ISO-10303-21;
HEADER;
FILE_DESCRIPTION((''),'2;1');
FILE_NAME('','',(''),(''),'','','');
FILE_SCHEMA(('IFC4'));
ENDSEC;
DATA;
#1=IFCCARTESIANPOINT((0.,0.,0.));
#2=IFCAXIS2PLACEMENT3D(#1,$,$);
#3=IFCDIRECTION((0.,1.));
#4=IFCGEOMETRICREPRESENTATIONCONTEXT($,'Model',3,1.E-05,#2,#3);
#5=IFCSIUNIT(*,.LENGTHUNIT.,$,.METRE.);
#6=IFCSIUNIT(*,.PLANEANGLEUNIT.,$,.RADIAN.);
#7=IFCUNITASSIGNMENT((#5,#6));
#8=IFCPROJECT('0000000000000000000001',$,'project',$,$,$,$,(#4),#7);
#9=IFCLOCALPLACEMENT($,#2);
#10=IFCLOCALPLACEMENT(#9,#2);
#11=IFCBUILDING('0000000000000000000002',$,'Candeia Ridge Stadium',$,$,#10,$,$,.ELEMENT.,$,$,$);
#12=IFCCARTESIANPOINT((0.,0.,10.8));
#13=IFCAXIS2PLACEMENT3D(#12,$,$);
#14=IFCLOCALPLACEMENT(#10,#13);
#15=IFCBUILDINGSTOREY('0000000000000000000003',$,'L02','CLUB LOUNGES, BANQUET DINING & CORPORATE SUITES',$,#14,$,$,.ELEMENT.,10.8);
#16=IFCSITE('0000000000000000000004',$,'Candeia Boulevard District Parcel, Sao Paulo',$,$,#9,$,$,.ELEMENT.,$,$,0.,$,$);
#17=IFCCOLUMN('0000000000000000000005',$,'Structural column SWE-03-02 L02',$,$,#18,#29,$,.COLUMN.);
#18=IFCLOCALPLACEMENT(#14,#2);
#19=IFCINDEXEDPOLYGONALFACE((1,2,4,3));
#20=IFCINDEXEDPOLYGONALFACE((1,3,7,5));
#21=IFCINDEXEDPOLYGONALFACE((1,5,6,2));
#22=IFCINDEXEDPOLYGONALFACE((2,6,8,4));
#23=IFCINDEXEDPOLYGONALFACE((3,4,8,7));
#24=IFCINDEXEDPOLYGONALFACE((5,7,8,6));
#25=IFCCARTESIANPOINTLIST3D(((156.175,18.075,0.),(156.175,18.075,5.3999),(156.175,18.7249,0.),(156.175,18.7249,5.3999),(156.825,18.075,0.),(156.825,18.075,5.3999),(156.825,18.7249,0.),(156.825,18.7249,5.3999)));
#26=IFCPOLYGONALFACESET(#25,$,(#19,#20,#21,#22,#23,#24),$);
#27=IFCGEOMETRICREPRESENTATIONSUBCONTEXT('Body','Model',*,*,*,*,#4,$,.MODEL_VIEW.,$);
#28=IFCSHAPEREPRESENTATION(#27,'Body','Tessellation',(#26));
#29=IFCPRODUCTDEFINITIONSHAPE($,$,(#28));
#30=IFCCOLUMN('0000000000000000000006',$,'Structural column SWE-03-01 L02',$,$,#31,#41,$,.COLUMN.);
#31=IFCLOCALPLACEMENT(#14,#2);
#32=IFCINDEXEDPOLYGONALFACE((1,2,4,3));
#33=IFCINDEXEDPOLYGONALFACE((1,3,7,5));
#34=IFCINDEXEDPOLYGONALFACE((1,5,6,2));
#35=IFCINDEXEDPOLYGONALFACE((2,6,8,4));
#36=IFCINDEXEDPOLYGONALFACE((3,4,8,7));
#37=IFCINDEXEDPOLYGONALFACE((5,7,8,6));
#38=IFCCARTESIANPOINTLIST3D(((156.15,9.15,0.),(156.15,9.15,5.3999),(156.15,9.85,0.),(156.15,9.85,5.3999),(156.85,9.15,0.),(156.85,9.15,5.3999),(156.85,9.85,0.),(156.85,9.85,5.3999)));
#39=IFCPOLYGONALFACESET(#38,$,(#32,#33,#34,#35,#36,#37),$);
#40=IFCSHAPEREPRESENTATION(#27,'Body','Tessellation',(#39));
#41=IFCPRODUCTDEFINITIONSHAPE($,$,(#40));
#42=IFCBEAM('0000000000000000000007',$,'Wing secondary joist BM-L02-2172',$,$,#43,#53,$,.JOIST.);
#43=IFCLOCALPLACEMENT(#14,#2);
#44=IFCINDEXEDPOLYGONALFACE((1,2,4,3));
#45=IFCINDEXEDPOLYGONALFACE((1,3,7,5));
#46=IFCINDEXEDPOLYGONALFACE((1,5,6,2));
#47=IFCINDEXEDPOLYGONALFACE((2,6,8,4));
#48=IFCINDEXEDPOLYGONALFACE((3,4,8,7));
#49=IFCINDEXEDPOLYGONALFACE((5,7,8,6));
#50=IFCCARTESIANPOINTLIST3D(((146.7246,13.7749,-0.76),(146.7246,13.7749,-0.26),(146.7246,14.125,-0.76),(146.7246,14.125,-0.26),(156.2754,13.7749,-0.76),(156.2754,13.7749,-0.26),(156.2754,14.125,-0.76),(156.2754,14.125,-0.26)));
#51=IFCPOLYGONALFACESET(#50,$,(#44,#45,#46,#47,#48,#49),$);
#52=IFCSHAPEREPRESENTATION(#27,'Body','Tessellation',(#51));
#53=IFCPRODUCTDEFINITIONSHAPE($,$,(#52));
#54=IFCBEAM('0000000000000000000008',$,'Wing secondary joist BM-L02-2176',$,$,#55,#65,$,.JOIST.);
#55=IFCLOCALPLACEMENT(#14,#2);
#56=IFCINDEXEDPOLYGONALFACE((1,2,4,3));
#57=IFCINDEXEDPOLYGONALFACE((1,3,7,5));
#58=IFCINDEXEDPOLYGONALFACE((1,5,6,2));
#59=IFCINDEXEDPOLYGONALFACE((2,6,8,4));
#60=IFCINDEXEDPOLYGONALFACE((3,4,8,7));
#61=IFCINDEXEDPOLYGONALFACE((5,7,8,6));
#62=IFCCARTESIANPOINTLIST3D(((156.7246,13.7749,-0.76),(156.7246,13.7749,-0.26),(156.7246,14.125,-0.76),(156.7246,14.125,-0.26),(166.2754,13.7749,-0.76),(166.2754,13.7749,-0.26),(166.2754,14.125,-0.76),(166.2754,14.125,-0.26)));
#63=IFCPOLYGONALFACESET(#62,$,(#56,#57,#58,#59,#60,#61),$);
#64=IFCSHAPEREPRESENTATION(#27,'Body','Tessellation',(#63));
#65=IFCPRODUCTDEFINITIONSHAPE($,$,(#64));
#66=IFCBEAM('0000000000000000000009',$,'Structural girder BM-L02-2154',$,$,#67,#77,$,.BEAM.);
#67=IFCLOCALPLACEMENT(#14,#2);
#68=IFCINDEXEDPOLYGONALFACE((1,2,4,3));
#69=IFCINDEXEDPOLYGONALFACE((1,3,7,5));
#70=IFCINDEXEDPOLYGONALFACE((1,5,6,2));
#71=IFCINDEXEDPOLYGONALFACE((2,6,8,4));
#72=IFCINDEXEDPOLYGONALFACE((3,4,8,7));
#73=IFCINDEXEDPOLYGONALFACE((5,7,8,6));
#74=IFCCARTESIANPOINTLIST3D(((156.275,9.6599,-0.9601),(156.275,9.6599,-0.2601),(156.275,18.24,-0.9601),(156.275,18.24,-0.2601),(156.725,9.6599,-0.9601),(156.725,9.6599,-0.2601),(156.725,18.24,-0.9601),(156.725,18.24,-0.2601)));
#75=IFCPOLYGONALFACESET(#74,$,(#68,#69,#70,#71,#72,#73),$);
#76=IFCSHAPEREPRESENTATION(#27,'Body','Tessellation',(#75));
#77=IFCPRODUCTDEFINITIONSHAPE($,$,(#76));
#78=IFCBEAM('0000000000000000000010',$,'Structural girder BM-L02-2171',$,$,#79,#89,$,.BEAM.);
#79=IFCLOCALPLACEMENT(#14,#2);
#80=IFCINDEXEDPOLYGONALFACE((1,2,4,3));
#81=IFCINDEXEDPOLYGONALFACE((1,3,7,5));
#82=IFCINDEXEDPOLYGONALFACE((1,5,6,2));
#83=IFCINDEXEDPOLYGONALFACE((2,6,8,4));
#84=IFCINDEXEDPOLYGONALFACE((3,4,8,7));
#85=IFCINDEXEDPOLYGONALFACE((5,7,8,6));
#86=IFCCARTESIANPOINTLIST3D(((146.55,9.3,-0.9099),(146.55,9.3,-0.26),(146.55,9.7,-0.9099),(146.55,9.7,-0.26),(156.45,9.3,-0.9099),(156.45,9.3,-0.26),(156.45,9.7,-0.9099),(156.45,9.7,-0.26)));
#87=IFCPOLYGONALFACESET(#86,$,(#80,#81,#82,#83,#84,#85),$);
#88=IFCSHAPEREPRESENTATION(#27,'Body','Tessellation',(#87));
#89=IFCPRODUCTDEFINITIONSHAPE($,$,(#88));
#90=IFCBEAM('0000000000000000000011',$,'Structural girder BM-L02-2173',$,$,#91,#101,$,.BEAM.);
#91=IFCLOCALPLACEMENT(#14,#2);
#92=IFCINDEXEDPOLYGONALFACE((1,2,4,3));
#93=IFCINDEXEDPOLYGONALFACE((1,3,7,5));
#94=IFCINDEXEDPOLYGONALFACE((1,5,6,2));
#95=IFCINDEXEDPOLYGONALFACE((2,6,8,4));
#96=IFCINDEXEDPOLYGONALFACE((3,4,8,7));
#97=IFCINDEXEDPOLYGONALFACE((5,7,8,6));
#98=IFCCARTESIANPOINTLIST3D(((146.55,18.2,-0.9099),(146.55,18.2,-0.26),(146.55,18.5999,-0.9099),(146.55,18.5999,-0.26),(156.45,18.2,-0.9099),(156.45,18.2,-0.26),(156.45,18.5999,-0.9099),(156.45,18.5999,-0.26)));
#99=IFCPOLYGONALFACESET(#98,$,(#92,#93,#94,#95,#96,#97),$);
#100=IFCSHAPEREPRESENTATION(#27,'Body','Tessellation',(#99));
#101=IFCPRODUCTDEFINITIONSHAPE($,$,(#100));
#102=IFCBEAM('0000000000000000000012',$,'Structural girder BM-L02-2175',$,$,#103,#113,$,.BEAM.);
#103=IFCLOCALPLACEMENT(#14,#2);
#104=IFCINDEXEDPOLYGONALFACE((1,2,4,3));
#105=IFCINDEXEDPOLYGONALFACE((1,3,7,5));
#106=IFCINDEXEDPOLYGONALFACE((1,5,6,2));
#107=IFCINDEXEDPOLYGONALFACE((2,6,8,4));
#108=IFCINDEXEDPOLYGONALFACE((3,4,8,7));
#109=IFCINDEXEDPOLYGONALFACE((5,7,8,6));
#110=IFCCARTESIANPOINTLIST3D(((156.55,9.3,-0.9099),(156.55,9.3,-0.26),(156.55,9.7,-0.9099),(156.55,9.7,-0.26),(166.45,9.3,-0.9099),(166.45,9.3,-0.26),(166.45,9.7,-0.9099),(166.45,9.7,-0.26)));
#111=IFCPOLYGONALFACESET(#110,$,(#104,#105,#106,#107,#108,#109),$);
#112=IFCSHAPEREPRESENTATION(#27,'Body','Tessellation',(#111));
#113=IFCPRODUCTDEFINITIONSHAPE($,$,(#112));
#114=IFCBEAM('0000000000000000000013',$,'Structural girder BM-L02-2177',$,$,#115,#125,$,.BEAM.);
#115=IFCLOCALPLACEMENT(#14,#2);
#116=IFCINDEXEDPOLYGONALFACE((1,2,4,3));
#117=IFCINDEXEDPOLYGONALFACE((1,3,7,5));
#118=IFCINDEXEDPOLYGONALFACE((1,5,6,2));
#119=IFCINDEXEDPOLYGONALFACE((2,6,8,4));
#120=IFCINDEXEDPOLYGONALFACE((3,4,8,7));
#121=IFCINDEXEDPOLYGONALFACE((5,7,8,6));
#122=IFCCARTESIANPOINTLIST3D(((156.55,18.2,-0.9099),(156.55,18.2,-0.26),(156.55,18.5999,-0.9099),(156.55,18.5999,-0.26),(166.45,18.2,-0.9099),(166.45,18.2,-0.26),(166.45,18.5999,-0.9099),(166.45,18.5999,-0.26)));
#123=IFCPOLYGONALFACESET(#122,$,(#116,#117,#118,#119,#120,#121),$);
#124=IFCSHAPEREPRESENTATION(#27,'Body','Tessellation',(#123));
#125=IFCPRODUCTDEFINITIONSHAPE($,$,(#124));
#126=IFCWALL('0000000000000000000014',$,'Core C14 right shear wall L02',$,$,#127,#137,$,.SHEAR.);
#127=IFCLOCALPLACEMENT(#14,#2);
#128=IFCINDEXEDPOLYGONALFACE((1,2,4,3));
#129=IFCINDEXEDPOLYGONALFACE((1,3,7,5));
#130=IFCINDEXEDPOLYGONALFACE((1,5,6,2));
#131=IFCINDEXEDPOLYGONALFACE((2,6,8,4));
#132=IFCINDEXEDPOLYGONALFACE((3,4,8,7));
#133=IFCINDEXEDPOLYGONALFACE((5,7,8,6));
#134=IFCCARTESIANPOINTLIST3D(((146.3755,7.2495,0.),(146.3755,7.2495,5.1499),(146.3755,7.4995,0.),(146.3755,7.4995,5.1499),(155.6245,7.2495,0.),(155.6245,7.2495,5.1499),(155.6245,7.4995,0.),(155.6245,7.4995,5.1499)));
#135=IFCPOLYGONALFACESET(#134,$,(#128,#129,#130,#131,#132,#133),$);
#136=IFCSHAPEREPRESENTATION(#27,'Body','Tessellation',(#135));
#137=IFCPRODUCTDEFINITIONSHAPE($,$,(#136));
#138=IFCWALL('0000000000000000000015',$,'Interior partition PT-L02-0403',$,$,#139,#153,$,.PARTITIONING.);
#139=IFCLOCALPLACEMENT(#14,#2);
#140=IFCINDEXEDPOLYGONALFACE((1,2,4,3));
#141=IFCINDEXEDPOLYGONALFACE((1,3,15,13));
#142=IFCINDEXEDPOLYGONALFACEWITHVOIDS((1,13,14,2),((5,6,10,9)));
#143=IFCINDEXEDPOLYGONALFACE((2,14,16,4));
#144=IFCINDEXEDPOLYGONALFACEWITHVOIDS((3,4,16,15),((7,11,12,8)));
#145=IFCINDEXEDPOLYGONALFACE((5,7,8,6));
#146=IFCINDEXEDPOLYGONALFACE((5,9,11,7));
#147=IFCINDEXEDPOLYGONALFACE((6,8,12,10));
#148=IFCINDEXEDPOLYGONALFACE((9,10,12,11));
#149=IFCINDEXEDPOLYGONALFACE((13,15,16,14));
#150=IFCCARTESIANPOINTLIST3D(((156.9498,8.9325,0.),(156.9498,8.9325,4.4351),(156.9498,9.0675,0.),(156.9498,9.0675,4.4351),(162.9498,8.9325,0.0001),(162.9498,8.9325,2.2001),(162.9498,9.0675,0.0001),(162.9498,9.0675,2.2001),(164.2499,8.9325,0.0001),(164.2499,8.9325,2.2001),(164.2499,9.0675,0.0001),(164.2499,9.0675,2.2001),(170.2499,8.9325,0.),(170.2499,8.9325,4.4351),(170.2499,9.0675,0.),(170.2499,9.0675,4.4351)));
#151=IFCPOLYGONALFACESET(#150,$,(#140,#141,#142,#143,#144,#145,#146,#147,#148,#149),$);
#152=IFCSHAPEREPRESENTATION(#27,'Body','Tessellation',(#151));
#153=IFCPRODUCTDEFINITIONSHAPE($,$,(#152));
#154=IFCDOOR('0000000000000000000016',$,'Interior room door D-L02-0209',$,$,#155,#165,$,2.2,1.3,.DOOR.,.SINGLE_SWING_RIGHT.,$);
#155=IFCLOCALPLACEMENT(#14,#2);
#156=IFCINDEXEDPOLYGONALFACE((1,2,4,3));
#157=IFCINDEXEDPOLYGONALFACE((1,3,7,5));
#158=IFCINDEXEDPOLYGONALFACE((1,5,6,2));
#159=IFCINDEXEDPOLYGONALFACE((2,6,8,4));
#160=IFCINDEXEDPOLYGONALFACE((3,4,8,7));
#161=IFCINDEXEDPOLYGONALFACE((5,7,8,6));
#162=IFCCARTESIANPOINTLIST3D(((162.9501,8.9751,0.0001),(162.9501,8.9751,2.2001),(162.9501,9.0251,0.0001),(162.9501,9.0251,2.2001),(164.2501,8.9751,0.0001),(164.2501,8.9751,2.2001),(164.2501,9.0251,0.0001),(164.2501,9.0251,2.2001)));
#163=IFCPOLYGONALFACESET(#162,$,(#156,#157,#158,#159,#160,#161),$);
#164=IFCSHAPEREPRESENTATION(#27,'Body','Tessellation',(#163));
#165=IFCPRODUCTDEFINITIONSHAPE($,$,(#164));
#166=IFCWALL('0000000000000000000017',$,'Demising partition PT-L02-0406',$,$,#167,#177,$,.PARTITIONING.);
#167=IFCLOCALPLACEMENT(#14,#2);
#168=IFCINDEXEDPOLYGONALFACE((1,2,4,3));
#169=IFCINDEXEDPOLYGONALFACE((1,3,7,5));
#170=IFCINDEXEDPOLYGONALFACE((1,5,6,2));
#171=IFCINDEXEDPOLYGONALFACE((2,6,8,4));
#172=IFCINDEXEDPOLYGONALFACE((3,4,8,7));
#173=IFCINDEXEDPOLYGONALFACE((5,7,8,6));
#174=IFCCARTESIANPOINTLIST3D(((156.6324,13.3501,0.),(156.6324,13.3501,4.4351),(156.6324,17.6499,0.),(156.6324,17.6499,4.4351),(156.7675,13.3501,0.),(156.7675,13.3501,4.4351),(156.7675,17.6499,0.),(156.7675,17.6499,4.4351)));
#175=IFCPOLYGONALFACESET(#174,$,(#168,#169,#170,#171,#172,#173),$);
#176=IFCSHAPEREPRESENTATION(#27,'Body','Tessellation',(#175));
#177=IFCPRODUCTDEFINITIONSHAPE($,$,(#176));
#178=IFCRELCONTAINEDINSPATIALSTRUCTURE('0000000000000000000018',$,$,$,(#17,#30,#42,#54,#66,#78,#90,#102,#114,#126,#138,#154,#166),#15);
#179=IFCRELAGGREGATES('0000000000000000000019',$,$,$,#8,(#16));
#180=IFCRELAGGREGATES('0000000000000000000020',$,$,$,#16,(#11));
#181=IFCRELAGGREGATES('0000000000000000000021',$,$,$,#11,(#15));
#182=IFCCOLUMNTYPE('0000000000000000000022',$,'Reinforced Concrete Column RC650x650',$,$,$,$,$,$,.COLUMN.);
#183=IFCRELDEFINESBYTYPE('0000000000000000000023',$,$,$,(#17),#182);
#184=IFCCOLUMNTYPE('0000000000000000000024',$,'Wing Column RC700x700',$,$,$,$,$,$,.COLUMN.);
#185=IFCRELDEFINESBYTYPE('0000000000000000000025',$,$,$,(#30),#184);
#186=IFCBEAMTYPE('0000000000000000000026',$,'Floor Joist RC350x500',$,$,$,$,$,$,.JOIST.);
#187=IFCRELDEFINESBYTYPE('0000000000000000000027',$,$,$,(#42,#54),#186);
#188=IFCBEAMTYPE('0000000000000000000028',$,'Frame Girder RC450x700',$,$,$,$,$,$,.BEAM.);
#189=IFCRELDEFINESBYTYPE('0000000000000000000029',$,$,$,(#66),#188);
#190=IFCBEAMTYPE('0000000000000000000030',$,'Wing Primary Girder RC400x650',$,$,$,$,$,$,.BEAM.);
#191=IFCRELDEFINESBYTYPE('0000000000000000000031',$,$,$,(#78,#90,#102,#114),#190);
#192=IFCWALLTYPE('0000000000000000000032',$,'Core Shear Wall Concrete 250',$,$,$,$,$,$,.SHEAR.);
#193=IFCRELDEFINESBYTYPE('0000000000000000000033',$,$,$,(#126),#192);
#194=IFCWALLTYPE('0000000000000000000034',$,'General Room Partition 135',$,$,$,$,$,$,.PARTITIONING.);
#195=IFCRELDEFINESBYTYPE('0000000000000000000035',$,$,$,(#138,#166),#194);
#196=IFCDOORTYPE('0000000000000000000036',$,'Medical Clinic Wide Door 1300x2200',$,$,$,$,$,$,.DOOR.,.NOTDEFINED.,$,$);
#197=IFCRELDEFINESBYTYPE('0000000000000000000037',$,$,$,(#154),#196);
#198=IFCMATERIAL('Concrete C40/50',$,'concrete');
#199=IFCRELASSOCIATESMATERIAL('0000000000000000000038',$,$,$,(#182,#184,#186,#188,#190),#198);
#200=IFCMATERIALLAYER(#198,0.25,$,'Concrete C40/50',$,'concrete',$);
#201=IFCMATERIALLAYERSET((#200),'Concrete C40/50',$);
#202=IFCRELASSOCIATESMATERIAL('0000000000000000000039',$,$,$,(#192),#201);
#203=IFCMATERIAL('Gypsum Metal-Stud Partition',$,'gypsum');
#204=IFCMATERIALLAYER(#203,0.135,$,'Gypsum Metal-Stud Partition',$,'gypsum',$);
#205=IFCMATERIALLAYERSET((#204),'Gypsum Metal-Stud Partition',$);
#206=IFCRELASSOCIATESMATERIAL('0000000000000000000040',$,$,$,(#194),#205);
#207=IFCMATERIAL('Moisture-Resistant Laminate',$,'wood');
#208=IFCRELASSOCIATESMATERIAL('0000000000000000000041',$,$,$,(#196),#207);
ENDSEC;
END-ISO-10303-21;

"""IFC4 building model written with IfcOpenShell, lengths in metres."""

from ifc_helpers import new_model, si_unit, direction, frame, frame_2d, origin, origin_2d, place, context, subcontext, project, spatial, rectangle, extrude, material, layer, layer_set, material_profile, profile_set, type_object, element, fill, save


model = new_model("IFC4")

# Units and contexts
model_context = context("Model", 3, precision=1e-05, world=origin(), true_north=direction((0.0, 1.0)))
body_context = subcontext(model_context, "Body", "Model", "MODEL_VIEW")
ifc_project = project(units=[si_unit("LENGTHUNIT", "METRE"), si_unit("PLANEANGLEUNIT", "RADIAN")], contexts=[model_context])

# Site, building, storey
site_placement = place(None, origin())
site = spatial("IfcSite", under=ifc_project, at=site_placement, Name="Candeia Boulevard District Parcel, Sao Paulo", CompositionType="ELEMENT", RefElevation=0.0)
building_placement = place(site_placement, origin())
building = spatial("IfcBuilding", under=site, at=building_placement, Name="Candeia Ridge Stadium", CompositionType="ELEMENT")
storey_placement = place(building_placement, frame((0.0, 0.0, 10.8)))
storey = spatial("IfcBuildingStorey", under=building, at=storey_placement, Name="L02", Description="CLUB LOUNGES, BANQUET DINING & CORPORATE SUITES", CompositionType="ELEMENT", Elevation=10.8)

# Columns
ifc_material_1 = material(Name="Concrete C40/50", Category="concrete")
ifc_material_profile_1 = material_profile(ifc_material_1, rectangle(XDim=0.6499, YDim=0.6499, at=origin_2d()), Name="RC650x650", Category="concrete")
ifc_profile_set_1 = profile_set([ifc_material_profile_1], Name="Concrete C40/50")
column_type_1 = type_object("IfcColumnType", Name="Reinforced Concrete Column RC650x650", PredefinedType="COLUMN", material=ifc_profile_set_1)
column_1_placement = place(storey_placement, frame((156.5, 18.3999, 0.0), z_axis=(0.0, 0.0, 1.0), x_axis=(1.0, 0.0, 0.0)))
element("IfcColumn", 1, at=column_1_placement, inside=storey, type_object=column_type_1, Name="Structural column SWE-03-02 L02", PredefinedType="COLUMN", context=body_context, shape_type="SweptSolid", body=[
    extrude(rectangle(XDim=0.6499, YDim=0.6499, at=origin_2d()), origin(), (0.0, 0.0, 1.0), 5.3999),
])
ifc_material_profile_2 = material_profile(ifc_material_1, rectangle(XDim=0.7, YDim=0.7, at=origin_2d()), Name="RC700x700", Category="concrete")
ifc_profile_set_2 = profile_set([ifc_material_profile_2], Name="Concrete C40/50")
column_type_2 = type_object("IfcColumnType", Name="Wing Column RC700x700", PredefinedType="COLUMN", material=ifc_profile_set_2)
column_2_placement = place(storey_placement, frame((156.5, 9.5, 0.0), z_axis=(0.0, 0.0, 1.0), x_axis=(1.0, 0.0, 0.0)))
element("IfcColumn", 2, at=column_2_placement, inside=storey, type_object=column_type_2, Name="Structural column SWE-03-01 L02", PredefinedType="COLUMN", context=body_context, shape_type="SweptSolid", body=[
    extrude(rectangle(XDim=0.7, YDim=0.7, at=origin_2d()), origin(), (0.0, 0.0, 1.0), 5.3999),
])

# Beams
ifc_material_profile_3 = material_profile(ifc_material_1, rectangle(XDim=0.3501, YDim=0.5, at=origin_2d()), Name="RC350x500", Category="concrete")
ifc_profile_set_3 = profile_set([ifc_material_profile_3], Name="Concrete C40/50")
beam_type_1 = type_object("IfcBeamType", Name="Floor Joist RC350x500", PredefinedType="JOIST", material=ifc_profile_set_3)
for number, where, z_axis, x_axis, name in (
    (3, (146.7246, 13.95, -0.51), (1.0, 0.0, 0.0), (0.0, 1.0, 0.0), "Wing secondary joist BM-L02-2172"),
    (4, (156.7246, 13.95, -0.51), (1.0, 0.0, 0.0), (0.0, 1.0, 0.0), "Wing secondary joist BM-L02-2176"),
):
    element("IfcBeam", number, at=place(storey_placement, frame(where, z_axis=z_axis, x_axis=x_axis)), inside=storey, type_object=beam_type_1, Name=name, PredefinedType="JOIST", context=body_context, shape_type="SweptSolid", body=[
        extrude(rectangle(XDim=0.3501, YDim=0.5, at=origin_2d()), origin(), (0.0, 0.0, 1.0), 9.5508),
    ])
ifc_material_profile_4 = material_profile(ifc_material_1, rectangle(XDim=0.45, YDim=0.7, at=origin_2d()), Name="RC450x700", Category="concrete")
ifc_profile_set_4 = profile_set([ifc_material_profile_4], Name="Concrete C40/50")
beam_type_2 = type_object("IfcBeamType", Name="Frame Girder RC450x700", PredefinedType="BEAM", material=ifc_profile_set_4)
beam_placement = place(storey_placement, frame((156.5, 9.6599, -0.6101), z_axis=(0.0, 1.0, 0.0), x_axis=(-1.0, 0.0, 0.0)))
element("IfcBeam", 5, at=beam_placement, inside=storey, type_object=beam_type_2, Name="Structural girder BM-L02-2154", PredefinedType="BEAM", context=body_context, shape_type="SweptSolid", body=[
    extrude(rectangle(XDim=0.45, YDim=0.7, at=origin_2d()), origin(), (0.0, 0.0, 1.0), 8.5801),
])
ifc_material_profile_5 = material_profile(ifc_material_1, rectangle(XDim=0.3999, YDim=0.6499, at=origin_2d()), Name="RC400x650", Category="concrete")
ifc_profile_set_5 = profile_set([ifc_material_profile_5], Name="Concrete C40/50")
beam_type_3 = type_object("IfcBeamType", Name="Wing Primary Girder RC400x650", PredefinedType="BEAM", material=ifc_profile_set_5)
for number, where, z_axis, x_axis, name in (
    (6, (146.55, 9.5, -0.585), (1.0, 0.0, 0.0), (0.0, 1.0, 0.0), "Structural girder BM-L02-2171"),
    (7, (146.55, 18.3999, -0.585), (1.0, 0.0, 0.0), (0.0, 1.0, 0.0), "Structural girder BM-L02-2173"),
    (8, (156.55, 9.5, -0.585), (1.0, 0.0, 0.0), (0.0, 1.0, 0.0), "Structural girder BM-L02-2175"),
    (9, (156.55, 18.3999, -0.585), (1.0, 0.0, 0.0), (0.0, 1.0, 0.0), "Structural girder BM-L02-2177"),
):
    element("IfcBeam", number, at=place(storey_placement, frame(where, z_axis=z_axis, x_axis=x_axis)), inside=storey, type_object=beam_type_3, Name=name, PredefinedType="BEAM", context=body_context, shape_type="SweptSolid", body=[
        extrude(rectangle(XDim=0.3999, YDim=0.6499, at=origin_2d()), origin(), (0.0, 0.0, 1.0), 9.8999),
    ])

# Wall
ifc_layer_1 = layer(ifc_material_1, 0.25, Name="Concrete C40/50", Category="concrete")
ifc_layer_set_1 = layer_set([ifc_layer_1], Name="Concrete C40/50")
wall_type_1 = type_object("IfcWallType", Name="Core Shear Wall Concrete 250", PredefinedType="SHEAR", material=ifc_layer_set_1)
wall_1_placement = place(storey_placement, frame((155.6245, 7.3745, 0.0), z_axis=(0.0, 0.0, 1.0), x_axis=(-1.0, 0.0, 0.0)))
element("IfcWall", 10, at=wall_1_placement, inside=storey, type_object=wall_type_1, Name="Core C14 right shear wall L02", PredefinedType="SHEAR", context=body_context, shape_type="SweptSolid", body=[
    extrude(rectangle(XDim=9.249, YDim=0.25, at=frame_2d((4.6245, 0.0))), origin(), (0.0, 0.0, 1.0), 5.1499),
])

# Wall, opening, door
ifc_material_2 = material(Name="Gypsum Metal-Stud Partition", Category="gypsum")
ifc_layer_2 = layer(ifc_material_2, 0.135, Name="Gypsum Metal-Stud Partition", Category="gypsum")
ifc_layer_set_2 = layer_set([ifc_layer_2], Name="Gypsum Metal-Stud Partition")
wall_type_2 = type_object("IfcWallType", Name="General Room Partition 135", PredefinedType="PARTITIONING", material=ifc_layer_set_2)
wall_2_placement = place(storey_placement, frame((156.95, 9.0, 0.0), z_axis=(0.0, 0.0, 1.0), x_axis=(1.0, 0.0, 0.0)))
wall_2 = element("IfcWall", 11, at=wall_2_placement, inside=storey, type_object=wall_type_2, Name="Interior partition PT-L02-0403", PredefinedType="PARTITIONING", context=body_context, shape_type="SweptSolid", body=[
    extrude(rectangle(XDim=13.3, YDim=0.135, at=frame_2d((6.6499, 0.0))), origin(), (0.0, 0.0, 1.0), 4.4351),
])
opening_1_placement = place(wall_2_placement, frame((6.0, 0.0, 0.0)))
opening_1 = element("IfcOpeningElement", 12, at=opening_1_placement, cuts=wall_2, PredefinedType="OPENING", context=body_context, shape_type="SweptSolid", body=[
    extrude(rectangle(XDim=1.3, YDim=2.2, at=frame_2d((0.6499, 1.1001))), frame((0.0, 0.0774, 0.0), z_axis=(0.0, -1.0, 0.0), x_axis=(1.0, 0.0, 0.0)), (0.0, 0.0, 1.0), 0.155),
])
ifc_material_3 = material(Name="Moisture-Resistant Laminate", Category="wood")
door_type_1 = type_object("IfcDoorType", Name="Medical Clinic Wide Door 1300x2200", OperationType="NOTDEFINED", PredefinedType="DOOR", material=ifc_material_3)
door_1_placement = place(opening_1_placement, frame((1.3, 0.0, 0.0), z_axis=(0.0, 0.0, 1.0), x_axis=(-1.0, 0.0, 0.0)))
door_1 = element("IfcDoor", 13, at=door_1_placement, inside=storey, type_object=door_type_1, Name="Interior room door D-L02-0209", OperationType="SINGLE_SWING_RIGHT", OverallHeight=2.2, OverallWidth=1.3, PredefinedType="DOOR", context=body_context, shape_type="SweptSolid", body=[
    extrude(rectangle(XDim=1.3, YDim=2.2, at=frame_2d((0.6499, 1.1001))), frame((0.0, 0.0249, 0.0), z_axis=(0.0, -1.0, 0.0), x_axis=(1.0, 0.0, 0.0)), (0.0, 0.0, 1.0), 0.05),
])
fill(opening_1, door_1)

# Wall
wall_3_placement = place(storey_placement, frame((156.7, 13.3501, 0.0), z_axis=(0.0, 0.0, 1.0), x_axis=(0.0, 1.0, 0.0)))
element("IfcWall", 14, at=wall_3_placement, inside=storey, type_object=wall_type_2, Name="Demising partition PT-L02-0406", PredefinedType="PARTITIONING", context=body_context, shape_type="SweptSolid", body=[
    extrude(rectangle(XDim=4.2998, YDim=0.135, at=frame_2d((2.1499, 0.0))), origin(), (0.0, 0.0, 1.0), 4.4351),
])

save(model, "model.ifc")
